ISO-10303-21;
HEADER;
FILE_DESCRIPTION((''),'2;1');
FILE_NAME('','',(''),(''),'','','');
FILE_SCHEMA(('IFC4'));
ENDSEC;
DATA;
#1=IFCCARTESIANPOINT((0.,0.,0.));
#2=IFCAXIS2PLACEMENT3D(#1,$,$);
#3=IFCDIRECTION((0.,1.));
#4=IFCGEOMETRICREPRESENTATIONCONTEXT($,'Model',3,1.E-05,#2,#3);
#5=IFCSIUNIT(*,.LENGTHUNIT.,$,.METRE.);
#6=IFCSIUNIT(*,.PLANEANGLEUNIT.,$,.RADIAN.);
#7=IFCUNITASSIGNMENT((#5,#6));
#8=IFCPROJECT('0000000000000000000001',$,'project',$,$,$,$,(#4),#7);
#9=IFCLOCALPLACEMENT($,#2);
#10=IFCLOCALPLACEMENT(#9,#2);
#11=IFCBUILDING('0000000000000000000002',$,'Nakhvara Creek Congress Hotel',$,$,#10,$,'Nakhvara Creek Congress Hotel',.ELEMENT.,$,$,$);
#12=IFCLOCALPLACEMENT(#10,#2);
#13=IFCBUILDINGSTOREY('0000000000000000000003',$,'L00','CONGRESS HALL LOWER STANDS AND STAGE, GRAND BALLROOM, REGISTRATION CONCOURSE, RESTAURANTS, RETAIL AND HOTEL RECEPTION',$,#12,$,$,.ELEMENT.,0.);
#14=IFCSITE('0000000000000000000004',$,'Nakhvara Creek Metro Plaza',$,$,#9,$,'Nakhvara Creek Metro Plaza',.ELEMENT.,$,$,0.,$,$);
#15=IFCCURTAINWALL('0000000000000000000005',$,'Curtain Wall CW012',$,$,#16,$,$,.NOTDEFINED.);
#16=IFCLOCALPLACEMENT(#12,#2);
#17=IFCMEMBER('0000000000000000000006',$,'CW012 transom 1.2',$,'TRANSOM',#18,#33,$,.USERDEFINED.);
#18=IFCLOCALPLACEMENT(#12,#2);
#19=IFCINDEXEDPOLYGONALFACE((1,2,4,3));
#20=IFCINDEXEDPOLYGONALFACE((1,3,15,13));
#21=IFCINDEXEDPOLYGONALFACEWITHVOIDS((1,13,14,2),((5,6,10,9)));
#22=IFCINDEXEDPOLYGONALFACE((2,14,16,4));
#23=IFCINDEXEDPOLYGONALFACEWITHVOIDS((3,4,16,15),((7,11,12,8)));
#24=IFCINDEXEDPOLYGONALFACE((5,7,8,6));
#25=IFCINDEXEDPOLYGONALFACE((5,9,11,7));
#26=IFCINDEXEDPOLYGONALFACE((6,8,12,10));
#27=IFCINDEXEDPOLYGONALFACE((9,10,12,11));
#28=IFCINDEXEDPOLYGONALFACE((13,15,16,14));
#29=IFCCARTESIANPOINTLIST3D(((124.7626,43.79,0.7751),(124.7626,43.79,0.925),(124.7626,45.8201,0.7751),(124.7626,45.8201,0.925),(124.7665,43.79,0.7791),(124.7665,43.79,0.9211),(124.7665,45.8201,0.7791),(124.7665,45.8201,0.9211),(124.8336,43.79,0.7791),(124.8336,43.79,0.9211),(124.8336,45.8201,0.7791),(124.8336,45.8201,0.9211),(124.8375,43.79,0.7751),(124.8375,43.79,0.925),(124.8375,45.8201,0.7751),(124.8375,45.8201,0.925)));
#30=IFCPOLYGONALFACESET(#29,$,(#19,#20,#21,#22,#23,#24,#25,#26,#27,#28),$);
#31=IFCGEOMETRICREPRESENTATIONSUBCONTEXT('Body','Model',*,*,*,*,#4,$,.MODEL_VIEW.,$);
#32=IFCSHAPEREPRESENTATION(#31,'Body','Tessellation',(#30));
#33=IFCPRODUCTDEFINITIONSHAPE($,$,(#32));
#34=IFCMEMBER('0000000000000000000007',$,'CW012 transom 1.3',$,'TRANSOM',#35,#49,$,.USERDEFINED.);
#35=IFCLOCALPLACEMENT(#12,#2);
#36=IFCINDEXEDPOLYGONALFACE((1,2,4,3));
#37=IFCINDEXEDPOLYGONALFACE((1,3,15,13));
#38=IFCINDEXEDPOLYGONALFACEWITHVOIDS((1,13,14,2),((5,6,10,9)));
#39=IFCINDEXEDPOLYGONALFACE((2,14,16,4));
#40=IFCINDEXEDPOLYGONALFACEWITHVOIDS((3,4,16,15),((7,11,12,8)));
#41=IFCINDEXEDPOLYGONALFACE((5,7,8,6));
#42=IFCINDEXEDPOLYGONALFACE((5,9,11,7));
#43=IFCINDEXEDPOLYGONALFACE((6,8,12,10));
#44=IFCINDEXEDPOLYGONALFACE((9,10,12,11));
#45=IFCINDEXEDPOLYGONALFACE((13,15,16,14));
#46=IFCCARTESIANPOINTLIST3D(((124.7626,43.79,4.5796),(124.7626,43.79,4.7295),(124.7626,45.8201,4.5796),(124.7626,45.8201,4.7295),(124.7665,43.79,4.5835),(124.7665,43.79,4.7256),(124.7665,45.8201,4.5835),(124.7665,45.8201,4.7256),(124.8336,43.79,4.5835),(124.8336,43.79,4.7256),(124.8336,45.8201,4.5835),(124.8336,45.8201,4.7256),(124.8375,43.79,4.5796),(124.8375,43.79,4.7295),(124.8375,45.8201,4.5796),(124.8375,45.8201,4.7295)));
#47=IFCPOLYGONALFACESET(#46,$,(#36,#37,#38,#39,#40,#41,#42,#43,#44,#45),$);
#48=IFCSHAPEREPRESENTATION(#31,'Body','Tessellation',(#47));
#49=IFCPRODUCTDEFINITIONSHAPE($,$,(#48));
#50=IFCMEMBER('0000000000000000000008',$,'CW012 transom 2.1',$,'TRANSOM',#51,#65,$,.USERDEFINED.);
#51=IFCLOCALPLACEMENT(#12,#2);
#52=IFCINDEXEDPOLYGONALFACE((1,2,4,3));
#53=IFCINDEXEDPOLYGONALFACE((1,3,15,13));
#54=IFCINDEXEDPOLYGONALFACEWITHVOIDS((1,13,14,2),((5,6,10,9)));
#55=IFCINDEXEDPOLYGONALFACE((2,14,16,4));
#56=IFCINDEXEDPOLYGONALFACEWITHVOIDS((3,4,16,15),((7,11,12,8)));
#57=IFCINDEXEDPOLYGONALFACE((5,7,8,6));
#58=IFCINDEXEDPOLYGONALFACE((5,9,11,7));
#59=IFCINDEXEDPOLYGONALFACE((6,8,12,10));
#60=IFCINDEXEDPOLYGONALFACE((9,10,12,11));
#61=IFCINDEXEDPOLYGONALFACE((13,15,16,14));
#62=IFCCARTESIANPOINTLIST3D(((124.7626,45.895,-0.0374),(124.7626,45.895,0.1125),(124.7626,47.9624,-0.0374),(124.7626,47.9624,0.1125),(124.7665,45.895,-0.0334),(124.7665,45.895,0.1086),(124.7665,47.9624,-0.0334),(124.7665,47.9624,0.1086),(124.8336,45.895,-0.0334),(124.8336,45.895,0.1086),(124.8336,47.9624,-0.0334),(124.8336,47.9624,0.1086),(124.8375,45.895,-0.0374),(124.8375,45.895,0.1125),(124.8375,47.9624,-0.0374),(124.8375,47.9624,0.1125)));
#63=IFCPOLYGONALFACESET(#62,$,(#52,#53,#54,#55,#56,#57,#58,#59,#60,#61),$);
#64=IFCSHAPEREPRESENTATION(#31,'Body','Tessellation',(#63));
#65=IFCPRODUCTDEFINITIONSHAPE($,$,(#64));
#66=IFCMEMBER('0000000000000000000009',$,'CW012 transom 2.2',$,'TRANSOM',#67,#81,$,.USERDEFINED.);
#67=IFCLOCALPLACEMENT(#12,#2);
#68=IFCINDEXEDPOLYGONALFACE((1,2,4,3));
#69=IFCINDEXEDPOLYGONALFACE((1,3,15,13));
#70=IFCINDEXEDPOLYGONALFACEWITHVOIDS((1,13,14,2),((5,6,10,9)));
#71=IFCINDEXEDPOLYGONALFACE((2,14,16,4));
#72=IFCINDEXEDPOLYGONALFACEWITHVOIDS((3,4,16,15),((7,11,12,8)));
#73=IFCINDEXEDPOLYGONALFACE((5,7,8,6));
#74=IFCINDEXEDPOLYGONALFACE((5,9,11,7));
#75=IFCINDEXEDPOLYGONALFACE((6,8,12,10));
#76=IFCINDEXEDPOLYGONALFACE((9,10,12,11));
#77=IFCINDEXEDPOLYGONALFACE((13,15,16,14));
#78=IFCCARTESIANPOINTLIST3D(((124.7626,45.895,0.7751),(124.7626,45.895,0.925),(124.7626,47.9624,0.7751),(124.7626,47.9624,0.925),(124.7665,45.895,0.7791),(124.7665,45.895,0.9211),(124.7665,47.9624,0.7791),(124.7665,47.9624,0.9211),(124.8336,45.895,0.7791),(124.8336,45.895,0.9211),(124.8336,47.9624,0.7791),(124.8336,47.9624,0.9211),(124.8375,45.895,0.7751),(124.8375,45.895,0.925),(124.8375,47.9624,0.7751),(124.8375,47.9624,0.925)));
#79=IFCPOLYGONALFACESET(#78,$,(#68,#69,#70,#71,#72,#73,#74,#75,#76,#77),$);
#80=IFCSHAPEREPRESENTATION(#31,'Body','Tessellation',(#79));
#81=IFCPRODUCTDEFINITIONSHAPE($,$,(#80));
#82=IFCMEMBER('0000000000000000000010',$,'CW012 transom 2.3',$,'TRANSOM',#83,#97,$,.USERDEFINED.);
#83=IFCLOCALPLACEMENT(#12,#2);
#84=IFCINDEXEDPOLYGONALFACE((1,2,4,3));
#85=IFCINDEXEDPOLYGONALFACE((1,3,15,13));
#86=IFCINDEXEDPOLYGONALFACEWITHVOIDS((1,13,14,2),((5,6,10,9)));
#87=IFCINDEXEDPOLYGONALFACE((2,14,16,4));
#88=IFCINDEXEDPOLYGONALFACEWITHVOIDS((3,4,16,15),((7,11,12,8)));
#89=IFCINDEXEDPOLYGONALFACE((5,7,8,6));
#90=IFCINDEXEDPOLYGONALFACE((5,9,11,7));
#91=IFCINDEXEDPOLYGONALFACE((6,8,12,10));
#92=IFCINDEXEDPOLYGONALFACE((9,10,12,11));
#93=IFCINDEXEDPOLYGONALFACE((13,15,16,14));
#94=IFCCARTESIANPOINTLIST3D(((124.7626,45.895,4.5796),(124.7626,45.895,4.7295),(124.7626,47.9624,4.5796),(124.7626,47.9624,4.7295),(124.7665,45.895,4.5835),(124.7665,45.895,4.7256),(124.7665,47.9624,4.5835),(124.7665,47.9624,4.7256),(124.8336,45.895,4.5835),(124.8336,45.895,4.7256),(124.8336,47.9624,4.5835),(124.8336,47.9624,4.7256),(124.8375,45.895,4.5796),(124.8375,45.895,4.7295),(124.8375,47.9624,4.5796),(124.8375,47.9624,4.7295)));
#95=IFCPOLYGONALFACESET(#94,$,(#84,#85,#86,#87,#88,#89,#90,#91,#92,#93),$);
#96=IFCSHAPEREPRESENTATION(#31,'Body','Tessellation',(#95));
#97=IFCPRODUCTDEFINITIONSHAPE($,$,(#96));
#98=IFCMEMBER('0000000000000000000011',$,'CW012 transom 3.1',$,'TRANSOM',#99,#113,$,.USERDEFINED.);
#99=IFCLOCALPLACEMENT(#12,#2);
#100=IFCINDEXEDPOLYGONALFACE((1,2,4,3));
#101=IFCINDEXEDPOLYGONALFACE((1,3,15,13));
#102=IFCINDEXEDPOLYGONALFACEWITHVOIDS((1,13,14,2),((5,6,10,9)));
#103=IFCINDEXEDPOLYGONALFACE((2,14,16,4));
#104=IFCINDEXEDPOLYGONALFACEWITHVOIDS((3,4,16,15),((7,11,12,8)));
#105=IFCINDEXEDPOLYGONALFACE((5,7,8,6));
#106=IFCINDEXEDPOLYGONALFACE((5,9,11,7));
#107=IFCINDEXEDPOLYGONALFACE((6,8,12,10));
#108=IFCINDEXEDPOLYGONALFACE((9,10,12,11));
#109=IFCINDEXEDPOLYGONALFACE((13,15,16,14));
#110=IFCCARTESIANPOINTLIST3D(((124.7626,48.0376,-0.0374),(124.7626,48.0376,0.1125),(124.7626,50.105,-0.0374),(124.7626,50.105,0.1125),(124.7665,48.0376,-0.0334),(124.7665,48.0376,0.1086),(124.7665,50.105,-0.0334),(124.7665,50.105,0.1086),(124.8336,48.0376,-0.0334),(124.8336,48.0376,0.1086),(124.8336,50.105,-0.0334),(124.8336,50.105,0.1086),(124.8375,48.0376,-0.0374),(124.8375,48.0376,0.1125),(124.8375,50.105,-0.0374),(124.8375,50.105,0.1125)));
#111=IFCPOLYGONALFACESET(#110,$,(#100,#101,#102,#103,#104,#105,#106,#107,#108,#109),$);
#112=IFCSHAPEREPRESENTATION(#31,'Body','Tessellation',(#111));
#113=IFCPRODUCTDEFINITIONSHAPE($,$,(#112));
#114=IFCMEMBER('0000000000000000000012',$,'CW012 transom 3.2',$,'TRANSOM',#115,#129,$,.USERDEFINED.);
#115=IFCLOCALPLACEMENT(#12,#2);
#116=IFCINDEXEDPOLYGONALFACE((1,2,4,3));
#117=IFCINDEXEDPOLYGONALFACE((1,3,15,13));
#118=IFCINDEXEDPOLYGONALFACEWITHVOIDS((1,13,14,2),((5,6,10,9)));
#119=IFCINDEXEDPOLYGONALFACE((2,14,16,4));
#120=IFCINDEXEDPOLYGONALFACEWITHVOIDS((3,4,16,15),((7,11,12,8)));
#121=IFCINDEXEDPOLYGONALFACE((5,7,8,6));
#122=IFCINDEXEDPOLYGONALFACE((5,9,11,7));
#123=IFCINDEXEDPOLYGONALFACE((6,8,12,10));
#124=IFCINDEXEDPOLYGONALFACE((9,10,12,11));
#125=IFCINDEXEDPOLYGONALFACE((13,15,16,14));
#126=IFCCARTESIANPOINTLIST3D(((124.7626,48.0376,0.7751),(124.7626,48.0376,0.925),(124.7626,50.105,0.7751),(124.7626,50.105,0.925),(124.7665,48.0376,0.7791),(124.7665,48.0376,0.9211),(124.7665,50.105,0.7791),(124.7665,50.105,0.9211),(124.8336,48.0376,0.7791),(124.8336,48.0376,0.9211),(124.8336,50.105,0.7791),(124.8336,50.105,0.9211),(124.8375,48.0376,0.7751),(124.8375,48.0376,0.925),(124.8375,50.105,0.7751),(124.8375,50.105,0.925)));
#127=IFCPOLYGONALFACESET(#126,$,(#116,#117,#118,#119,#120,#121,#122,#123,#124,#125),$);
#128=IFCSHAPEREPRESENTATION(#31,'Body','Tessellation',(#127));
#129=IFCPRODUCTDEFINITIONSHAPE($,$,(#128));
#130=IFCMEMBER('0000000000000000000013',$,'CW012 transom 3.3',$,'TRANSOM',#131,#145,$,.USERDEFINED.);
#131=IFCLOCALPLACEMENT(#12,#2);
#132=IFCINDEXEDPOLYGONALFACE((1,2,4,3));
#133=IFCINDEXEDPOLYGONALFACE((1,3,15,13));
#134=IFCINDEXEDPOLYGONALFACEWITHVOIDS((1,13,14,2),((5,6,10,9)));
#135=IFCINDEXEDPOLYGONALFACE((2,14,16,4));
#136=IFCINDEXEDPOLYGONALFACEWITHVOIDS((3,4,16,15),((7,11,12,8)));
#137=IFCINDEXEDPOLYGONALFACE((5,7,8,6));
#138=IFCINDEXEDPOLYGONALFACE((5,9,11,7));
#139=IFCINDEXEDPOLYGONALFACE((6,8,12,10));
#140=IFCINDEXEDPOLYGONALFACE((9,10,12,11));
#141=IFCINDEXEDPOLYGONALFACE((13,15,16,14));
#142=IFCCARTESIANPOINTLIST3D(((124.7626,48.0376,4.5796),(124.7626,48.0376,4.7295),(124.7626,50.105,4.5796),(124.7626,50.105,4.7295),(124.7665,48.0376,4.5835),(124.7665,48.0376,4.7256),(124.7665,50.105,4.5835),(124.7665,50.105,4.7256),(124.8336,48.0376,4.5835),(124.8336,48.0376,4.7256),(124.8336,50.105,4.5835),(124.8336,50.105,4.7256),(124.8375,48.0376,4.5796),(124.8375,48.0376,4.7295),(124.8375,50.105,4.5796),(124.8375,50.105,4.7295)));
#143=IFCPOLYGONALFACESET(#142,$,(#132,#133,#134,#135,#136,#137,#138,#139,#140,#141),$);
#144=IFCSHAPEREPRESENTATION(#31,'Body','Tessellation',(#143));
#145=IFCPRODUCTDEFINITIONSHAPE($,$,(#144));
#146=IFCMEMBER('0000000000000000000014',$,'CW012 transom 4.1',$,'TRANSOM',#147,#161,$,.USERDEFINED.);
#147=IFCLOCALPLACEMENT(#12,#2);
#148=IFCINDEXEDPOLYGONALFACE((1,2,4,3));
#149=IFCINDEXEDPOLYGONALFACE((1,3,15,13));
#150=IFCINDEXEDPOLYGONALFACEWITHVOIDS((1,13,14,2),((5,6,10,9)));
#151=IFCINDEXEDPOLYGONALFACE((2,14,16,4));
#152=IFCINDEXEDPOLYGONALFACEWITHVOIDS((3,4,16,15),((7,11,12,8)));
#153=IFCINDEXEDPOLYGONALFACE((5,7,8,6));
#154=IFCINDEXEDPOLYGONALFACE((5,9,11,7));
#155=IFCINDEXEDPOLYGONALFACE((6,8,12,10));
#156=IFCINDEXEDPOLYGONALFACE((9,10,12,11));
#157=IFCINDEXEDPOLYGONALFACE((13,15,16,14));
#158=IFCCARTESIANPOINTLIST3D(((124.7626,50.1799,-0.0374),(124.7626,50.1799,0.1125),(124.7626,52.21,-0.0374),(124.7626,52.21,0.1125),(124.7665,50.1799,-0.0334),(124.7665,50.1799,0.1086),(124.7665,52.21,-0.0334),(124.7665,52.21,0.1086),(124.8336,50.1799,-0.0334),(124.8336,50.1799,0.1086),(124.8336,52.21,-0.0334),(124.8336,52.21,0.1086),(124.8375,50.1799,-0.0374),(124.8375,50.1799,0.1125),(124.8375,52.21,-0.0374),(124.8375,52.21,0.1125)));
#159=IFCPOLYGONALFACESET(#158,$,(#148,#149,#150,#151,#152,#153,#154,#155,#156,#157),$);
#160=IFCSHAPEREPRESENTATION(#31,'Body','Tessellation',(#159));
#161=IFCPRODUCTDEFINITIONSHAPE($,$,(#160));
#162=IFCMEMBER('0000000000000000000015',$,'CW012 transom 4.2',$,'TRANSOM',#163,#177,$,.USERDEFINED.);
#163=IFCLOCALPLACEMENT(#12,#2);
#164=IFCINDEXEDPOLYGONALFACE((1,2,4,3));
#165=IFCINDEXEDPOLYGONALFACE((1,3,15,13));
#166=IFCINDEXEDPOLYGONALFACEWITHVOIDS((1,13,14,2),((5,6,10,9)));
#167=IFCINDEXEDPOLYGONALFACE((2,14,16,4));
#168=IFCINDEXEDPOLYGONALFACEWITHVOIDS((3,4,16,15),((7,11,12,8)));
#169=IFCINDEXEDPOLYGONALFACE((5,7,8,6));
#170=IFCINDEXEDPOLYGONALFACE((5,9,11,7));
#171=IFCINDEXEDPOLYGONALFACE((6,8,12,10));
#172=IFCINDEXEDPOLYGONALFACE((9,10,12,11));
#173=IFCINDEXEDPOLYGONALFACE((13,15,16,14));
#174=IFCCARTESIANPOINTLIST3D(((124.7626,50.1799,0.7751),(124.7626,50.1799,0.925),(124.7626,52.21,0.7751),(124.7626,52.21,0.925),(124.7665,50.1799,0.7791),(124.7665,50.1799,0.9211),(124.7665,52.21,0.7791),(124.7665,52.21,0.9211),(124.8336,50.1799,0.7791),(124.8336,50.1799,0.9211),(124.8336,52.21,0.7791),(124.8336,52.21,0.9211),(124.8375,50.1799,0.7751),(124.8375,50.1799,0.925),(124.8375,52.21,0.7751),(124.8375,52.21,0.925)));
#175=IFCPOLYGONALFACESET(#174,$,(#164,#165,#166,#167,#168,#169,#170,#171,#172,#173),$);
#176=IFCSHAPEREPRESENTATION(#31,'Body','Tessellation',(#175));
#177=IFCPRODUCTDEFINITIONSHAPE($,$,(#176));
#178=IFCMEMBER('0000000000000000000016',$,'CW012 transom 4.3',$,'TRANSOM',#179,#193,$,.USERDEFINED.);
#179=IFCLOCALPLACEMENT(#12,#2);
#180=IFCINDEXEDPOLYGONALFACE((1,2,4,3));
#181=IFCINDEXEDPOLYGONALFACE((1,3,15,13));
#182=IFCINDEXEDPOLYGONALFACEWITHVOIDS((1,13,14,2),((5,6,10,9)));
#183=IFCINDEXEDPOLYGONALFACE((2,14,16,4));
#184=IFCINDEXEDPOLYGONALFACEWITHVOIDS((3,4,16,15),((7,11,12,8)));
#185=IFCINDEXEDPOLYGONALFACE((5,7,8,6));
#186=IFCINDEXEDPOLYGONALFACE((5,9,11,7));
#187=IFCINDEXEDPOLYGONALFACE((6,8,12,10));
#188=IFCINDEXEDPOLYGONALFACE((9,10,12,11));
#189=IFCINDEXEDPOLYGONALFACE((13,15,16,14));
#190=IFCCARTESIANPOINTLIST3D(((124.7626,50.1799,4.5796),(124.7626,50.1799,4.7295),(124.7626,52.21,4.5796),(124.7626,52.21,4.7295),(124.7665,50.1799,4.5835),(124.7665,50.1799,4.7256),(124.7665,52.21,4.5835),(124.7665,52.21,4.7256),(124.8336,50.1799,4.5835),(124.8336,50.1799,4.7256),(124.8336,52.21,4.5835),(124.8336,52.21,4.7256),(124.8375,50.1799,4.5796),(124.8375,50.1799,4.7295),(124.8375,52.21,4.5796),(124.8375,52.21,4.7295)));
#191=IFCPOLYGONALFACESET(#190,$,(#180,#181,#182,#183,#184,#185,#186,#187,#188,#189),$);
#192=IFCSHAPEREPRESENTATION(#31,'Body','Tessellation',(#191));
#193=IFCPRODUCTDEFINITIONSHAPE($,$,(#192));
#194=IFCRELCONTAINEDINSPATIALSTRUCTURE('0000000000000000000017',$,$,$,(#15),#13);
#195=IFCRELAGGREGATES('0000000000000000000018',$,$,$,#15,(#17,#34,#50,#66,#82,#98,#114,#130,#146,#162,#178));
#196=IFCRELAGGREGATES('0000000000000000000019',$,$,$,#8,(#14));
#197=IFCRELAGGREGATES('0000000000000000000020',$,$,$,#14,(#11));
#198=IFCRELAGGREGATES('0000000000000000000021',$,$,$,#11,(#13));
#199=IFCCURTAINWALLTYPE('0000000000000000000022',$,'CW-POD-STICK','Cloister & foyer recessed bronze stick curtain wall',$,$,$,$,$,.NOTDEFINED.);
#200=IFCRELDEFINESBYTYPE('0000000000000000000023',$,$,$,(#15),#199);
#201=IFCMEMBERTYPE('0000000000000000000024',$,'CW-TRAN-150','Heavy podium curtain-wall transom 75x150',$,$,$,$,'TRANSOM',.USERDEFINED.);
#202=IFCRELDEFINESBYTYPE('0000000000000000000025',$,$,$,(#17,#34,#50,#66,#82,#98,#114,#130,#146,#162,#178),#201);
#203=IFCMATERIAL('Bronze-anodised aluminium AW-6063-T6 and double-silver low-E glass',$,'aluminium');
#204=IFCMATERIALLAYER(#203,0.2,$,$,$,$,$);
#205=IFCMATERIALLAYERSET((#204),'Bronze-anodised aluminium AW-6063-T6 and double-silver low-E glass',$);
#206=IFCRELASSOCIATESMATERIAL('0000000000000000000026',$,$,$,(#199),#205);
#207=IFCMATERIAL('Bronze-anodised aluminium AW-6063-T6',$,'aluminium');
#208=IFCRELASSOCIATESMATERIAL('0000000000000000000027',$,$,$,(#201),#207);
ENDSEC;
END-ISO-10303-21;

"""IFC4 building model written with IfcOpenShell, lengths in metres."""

from ifc_helpers import new_model, si_unit, direction, frame, origin, origin_2d, place, context, subcontext, project, spatial, hollow_rectangle, extrude, material, layer, layer_set, material_profile, profile_set, type_object, element, aggregate, save


model = new_model("IFC4")

# Units and contexts
model_context = context("Model", 3, precision=1e-05, world=origin(), true_north=direction((0.0, 1.0)))
body_context = subcontext(model_context, "Body", "Model", "MODEL_VIEW")
ifc_project = project(units=[si_unit("LENGTHUNIT", "METRE"), si_unit("PLANEANGLEUNIT", "RADIAN")], contexts=[model_context])

# Site, building, storey
site_placement = place(None, origin())
site = spatial("IfcSite", under=ifc_project, at=site_placement, Name="Nakhvara Creek Metro Plaza", LongName="Nakhvara Creek Metro Plaza", CompositionType="ELEMENT", RefElevation=0.0)
building_placement = place(site_placement, origin())
building = spatial("IfcBuilding", under=site, at=building_placement, Name="Nakhvara Creek Congress Hotel", LongName="Nakhvara Creek Congress Hotel", CompositionType="ELEMENT")
storey_placement = place(building_placement, origin())
storey = spatial("IfcBuildingStorey", under=building, at=storey_placement, Name="L00", Description="CONGRESS HALL LOWER STANDS AND STAGE, GRAND BALLROOM, REGISTRATION CONCOURSE, RESTAURANTS, RETAIL AND HOTEL RECEPTION", CompositionType="ELEMENT", Elevation=0.0)

# Curtain wall, members
ifc_material_1 = material(Name="Bronze-anodised aluminium AW-6063-T6 and double-silver low-E glass", Category="aluminium")
ifc_layer_1 = layer(ifc_material_1, 0.2)
ifc_layer_set_1 = layer_set([ifc_layer_1], Name="Bronze-anodised aluminium AW-6063-T6 and double-silver low-E glass")
curtain_wall_type = type_object("IfcCurtainWallType", Name="CW-POD-STICK", Description="Cloister & foyer recessed bronze stick curtain wall", PredefinedType="NOTDEFINED", material=ifc_layer_set_1)
curtain_wall_placement = place(storey_placement, origin())
curtain_wall = element("IfcCurtainWall", 1, at=curtain_wall_placement, inside=storey, type_object=curtain_wall_type, Name="Curtain Wall CW012", PredefinedType="NOTDEFINED")
ifc_material_2 = material(Name="Bronze-anodised aluminium AW-6063-T6", Category="aluminium")
ifc_material_profile_1 = material_profile(ifc_material_2, hollow_rectangle(XDim=0.075, YDim=0.1499, WallThickness=0.0039, at=origin_2d()), Name="ALU-TRAN 75x150x4", Category="LoadBearing")
ifc_profile_set_1 = profile_set([ifc_material_profile_1], Name="Bronze-anodised aluminium AW-6063-T6")
member_type_1 = type_object("IfcMemberType", Name="CW-TRAN-150", Description="Heavy podium curtain-wall transom 75x150", ElementType="TRANSOM", PredefinedType="USERDEFINED", material=ifc_profile_set_1)
member_1_placement = place(storey_placement, frame((124.8, 43.79, 0.8501), z_axis=(0.0, 1.0, 0.0), x_axis=(-1.0, 0.0, 0.0)))
member_1 = element("IfcMember", 2, at=member_1_placement, type_object=member_type_1, Name="CW012 transom 1.2", ObjectType="TRANSOM", PredefinedType="USERDEFINED", context=body_context, shape_type="SweptSolid", body=[
    extrude(hollow_rectangle(XDim=0.075, YDim=0.1499, WallThickness=0.0039, at=origin_2d()), origin(), (0.0, 0.0, 1.0), 2.03),
])
member_2_placement = place(storey_placement, frame((124.8, 43.79, 4.6545), z_axis=(0.0, 1.0, 0.0), x_axis=(-1.0, 0.0, 0.0)))
member_2 = element("IfcMember", 3, at=member_2_placement, type_object=member_type_1, Name="CW012 transom 1.3", ObjectType="TRANSOM", PredefinedType="USERDEFINED", context=body_context, shape_type="SweptSolid", body=[
    extrude(hollow_rectangle(XDim=0.075, YDim=0.1499, WallThickness=0.0039, at=origin_2d()), origin(), (0.0, 0.0, 1.0), 2.03),
])
member_3_placement = place(storey_placement, frame((124.8, 45.895, 0.0376), z_axis=(0.0, 1.0, 0.0), x_axis=(-1.0, 0.0, 0.0)))
member_3 = element("IfcMember", 4, at=member_3_placement, type_object=member_type_1, Name="CW012 transom 2.1", ObjectType="TRANSOM", PredefinedType="USERDEFINED", context=body_context, shape_type="SweptSolid", body=[
    extrude(hollow_rectangle(XDim=0.075, YDim=0.1499, WallThickness=0.0039, at=origin_2d()), origin(), (0.0, 0.0, 1.0), 2.0674),
])
member_4_placement = place(storey_placement, frame((124.8, 45.895, 0.8501), z_axis=(0.0, 1.0, 0.0), x_axis=(-1.0, 0.0, 0.0)))
member_4 = element("IfcMember", 5, at=member_4_placement, type_object=member_type_1, Name="CW012 transom 2.2", ObjectType="TRANSOM", PredefinedType="USERDEFINED", context=body_context, shape_type="SweptSolid", body=[
    extrude(hollow_rectangle(XDim=0.075, YDim=0.1499, WallThickness=0.0039, at=origin_2d()), origin(), (0.0, 0.0, 1.0), 2.0674),
])
member_5_placement = place(storey_placement, frame((124.8, 45.895, 4.6545), z_axis=(0.0, 1.0, 0.0), x_axis=(-1.0, 0.0, 0.0)))
member_5 = element("IfcMember", 6, at=member_5_placement, type_object=member_type_1, Name="CW012 transom 2.3", ObjectType="TRANSOM", PredefinedType="USERDEFINED", context=body_context, shape_type="SweptSolid", body=[
    extrude(hollow_rectangle(XDim=0.075, YDim=0.1499, WallThickness=0.0039, at=origin_2d()), origin(), (0.0, 0.0, 1.0), 2.0674),
])
member_6_placement = place(storey_placement, frame((124.8, 48.0376, 0.0376), z_axis=(0.0, 1.0, 0.0), x_axis=(-1.0, 0.0, 0.0)))
member_6 = element("IfcMember", 7, at=member_6_placement, type_object=member_type_1, Name="CW012 transom 3.1", ObjectType="TRANSOM", PredefinedType="USERDEFINED", context=body_context, shape_type="SweptSolid", body=[
    extrude(hollow_rectangle(XDim=0.075, YDim=0.1499, WallThickness=0.0039, at=origin_2d()), origin(), (0.0, 0.0, 1.0), 2.0674),
])
member_7_placement = place(storey_placement, frame((124.8, 48.0376, 0.8501), z_axis=(0.0, 1.0, 0.0), x_axis=(-1.0, 0.0, 0.0)))
member_7 = element("IfcMember", 8, at=member_7_placement, type_object=member_type_1, Name="CW012 transom 3.2", ObjectType="TRANSOM", PredefinedType="USERDEFINED", context=body_context, shape_type="SweptSolid", body=[
    extrude(hollow_rectangle(XDim=0.075, YDim=0.1499, WallThickness=0.0039, at=origin_2d()), origin(), (0.0, 0.0, 1.0), 2.0674),
])
member_8_placement = place(storey_placement, frame((124.8, 48.0376, 4.6545), z_axis=(0.0, 1.0, 0.0), x_axis=(-1.0, 0.0, 0.0)))
member_8 = element("IfcMember", 9, at=member_8_placement, type_object=member_type_1, Name="CW012 transom 3.3", ObjectType="TRANSOM", PredefinedType="USERDEFINED", context=body_context, shape_type="SweptSolid", body=[
    extrude(hollow_rectangle(XDim=0.075, YDim=0.1499, WallThickness=0.0039, at=origin_2d()), origin(), (0.0, 0.0, 1.0), 2.0674),
])
member_9_placement = place(storey_placement, frame((124.8, 50.1799, 0.0376), z_axis=(0.0, 1.0, 0.0), x_axis=(-1.0, 0.0, 0.0)))
member_9 = element("IfcMember", 10, at=member_9_placement, type_object=member_type_1, Name="CW012 transom 4.1", ObjectType="TRANSOM", PredefinedType="USERDEFINED", context=body_context, shape_type="SweptSolid", body=[
    extrude(hollow_rectangle(XDim=0.075, YDim=0.1499, WallThickness=0.0039, at=origin_2d()), origin(), (0.0, 0.0, 1.0), 2.03),
])
member_10_placement = place(storey_placement, frame((124.8, 50.1799, 0.8501), z_axis=(0.0, 1.0, 0.0), x_axis=(-1.0, 0.0, 0.0)))
member_10 = element("IfcMember", 11, at=member_10_placement, type_object=member_type_1, Name="CW012 transom 4.2", ObjectType="TRANSOM", PredefinedType="USERDEFINED", context=body_context, shape_type="SweptSolid", body=[
    extrude(hollow_rectangle(XDim=0.075, YDim=0.1499, WallThickness=0.0039, at=origin_2d()), origin(), (0.0, 0.0, 1.0), 2.03),
])
member_11_placement = place(storey_placement, frame((124.8, 50.1799, 4.6545), z_axis=(0.0, 1.0, 0.0), x_axis=(-1.0, 0.0, 0.0)))
member_11 = element("IfcMember", 12, at=member_11_placement, type_object=member_type_1, Name="CW012 transom 4.3", ObjectType="TRANSOM", PredefinedType="USERDEFINED", context=body_context, shape_type="SweptSolid", body=[
    extrude(hollow_rectangle(XDim=0.075, YDim=0.1499, WallThickness=0.0039, at=origin_2d()), origin(), (0.0, 0.0, 1.0), 2.03),
])
aggregate(curtain_wall, [member_1, member_2, member_3, member_4, member_5, member_6, member_7, member_8, member_9, member_10, member_11])

save(model, "model.ifc")
